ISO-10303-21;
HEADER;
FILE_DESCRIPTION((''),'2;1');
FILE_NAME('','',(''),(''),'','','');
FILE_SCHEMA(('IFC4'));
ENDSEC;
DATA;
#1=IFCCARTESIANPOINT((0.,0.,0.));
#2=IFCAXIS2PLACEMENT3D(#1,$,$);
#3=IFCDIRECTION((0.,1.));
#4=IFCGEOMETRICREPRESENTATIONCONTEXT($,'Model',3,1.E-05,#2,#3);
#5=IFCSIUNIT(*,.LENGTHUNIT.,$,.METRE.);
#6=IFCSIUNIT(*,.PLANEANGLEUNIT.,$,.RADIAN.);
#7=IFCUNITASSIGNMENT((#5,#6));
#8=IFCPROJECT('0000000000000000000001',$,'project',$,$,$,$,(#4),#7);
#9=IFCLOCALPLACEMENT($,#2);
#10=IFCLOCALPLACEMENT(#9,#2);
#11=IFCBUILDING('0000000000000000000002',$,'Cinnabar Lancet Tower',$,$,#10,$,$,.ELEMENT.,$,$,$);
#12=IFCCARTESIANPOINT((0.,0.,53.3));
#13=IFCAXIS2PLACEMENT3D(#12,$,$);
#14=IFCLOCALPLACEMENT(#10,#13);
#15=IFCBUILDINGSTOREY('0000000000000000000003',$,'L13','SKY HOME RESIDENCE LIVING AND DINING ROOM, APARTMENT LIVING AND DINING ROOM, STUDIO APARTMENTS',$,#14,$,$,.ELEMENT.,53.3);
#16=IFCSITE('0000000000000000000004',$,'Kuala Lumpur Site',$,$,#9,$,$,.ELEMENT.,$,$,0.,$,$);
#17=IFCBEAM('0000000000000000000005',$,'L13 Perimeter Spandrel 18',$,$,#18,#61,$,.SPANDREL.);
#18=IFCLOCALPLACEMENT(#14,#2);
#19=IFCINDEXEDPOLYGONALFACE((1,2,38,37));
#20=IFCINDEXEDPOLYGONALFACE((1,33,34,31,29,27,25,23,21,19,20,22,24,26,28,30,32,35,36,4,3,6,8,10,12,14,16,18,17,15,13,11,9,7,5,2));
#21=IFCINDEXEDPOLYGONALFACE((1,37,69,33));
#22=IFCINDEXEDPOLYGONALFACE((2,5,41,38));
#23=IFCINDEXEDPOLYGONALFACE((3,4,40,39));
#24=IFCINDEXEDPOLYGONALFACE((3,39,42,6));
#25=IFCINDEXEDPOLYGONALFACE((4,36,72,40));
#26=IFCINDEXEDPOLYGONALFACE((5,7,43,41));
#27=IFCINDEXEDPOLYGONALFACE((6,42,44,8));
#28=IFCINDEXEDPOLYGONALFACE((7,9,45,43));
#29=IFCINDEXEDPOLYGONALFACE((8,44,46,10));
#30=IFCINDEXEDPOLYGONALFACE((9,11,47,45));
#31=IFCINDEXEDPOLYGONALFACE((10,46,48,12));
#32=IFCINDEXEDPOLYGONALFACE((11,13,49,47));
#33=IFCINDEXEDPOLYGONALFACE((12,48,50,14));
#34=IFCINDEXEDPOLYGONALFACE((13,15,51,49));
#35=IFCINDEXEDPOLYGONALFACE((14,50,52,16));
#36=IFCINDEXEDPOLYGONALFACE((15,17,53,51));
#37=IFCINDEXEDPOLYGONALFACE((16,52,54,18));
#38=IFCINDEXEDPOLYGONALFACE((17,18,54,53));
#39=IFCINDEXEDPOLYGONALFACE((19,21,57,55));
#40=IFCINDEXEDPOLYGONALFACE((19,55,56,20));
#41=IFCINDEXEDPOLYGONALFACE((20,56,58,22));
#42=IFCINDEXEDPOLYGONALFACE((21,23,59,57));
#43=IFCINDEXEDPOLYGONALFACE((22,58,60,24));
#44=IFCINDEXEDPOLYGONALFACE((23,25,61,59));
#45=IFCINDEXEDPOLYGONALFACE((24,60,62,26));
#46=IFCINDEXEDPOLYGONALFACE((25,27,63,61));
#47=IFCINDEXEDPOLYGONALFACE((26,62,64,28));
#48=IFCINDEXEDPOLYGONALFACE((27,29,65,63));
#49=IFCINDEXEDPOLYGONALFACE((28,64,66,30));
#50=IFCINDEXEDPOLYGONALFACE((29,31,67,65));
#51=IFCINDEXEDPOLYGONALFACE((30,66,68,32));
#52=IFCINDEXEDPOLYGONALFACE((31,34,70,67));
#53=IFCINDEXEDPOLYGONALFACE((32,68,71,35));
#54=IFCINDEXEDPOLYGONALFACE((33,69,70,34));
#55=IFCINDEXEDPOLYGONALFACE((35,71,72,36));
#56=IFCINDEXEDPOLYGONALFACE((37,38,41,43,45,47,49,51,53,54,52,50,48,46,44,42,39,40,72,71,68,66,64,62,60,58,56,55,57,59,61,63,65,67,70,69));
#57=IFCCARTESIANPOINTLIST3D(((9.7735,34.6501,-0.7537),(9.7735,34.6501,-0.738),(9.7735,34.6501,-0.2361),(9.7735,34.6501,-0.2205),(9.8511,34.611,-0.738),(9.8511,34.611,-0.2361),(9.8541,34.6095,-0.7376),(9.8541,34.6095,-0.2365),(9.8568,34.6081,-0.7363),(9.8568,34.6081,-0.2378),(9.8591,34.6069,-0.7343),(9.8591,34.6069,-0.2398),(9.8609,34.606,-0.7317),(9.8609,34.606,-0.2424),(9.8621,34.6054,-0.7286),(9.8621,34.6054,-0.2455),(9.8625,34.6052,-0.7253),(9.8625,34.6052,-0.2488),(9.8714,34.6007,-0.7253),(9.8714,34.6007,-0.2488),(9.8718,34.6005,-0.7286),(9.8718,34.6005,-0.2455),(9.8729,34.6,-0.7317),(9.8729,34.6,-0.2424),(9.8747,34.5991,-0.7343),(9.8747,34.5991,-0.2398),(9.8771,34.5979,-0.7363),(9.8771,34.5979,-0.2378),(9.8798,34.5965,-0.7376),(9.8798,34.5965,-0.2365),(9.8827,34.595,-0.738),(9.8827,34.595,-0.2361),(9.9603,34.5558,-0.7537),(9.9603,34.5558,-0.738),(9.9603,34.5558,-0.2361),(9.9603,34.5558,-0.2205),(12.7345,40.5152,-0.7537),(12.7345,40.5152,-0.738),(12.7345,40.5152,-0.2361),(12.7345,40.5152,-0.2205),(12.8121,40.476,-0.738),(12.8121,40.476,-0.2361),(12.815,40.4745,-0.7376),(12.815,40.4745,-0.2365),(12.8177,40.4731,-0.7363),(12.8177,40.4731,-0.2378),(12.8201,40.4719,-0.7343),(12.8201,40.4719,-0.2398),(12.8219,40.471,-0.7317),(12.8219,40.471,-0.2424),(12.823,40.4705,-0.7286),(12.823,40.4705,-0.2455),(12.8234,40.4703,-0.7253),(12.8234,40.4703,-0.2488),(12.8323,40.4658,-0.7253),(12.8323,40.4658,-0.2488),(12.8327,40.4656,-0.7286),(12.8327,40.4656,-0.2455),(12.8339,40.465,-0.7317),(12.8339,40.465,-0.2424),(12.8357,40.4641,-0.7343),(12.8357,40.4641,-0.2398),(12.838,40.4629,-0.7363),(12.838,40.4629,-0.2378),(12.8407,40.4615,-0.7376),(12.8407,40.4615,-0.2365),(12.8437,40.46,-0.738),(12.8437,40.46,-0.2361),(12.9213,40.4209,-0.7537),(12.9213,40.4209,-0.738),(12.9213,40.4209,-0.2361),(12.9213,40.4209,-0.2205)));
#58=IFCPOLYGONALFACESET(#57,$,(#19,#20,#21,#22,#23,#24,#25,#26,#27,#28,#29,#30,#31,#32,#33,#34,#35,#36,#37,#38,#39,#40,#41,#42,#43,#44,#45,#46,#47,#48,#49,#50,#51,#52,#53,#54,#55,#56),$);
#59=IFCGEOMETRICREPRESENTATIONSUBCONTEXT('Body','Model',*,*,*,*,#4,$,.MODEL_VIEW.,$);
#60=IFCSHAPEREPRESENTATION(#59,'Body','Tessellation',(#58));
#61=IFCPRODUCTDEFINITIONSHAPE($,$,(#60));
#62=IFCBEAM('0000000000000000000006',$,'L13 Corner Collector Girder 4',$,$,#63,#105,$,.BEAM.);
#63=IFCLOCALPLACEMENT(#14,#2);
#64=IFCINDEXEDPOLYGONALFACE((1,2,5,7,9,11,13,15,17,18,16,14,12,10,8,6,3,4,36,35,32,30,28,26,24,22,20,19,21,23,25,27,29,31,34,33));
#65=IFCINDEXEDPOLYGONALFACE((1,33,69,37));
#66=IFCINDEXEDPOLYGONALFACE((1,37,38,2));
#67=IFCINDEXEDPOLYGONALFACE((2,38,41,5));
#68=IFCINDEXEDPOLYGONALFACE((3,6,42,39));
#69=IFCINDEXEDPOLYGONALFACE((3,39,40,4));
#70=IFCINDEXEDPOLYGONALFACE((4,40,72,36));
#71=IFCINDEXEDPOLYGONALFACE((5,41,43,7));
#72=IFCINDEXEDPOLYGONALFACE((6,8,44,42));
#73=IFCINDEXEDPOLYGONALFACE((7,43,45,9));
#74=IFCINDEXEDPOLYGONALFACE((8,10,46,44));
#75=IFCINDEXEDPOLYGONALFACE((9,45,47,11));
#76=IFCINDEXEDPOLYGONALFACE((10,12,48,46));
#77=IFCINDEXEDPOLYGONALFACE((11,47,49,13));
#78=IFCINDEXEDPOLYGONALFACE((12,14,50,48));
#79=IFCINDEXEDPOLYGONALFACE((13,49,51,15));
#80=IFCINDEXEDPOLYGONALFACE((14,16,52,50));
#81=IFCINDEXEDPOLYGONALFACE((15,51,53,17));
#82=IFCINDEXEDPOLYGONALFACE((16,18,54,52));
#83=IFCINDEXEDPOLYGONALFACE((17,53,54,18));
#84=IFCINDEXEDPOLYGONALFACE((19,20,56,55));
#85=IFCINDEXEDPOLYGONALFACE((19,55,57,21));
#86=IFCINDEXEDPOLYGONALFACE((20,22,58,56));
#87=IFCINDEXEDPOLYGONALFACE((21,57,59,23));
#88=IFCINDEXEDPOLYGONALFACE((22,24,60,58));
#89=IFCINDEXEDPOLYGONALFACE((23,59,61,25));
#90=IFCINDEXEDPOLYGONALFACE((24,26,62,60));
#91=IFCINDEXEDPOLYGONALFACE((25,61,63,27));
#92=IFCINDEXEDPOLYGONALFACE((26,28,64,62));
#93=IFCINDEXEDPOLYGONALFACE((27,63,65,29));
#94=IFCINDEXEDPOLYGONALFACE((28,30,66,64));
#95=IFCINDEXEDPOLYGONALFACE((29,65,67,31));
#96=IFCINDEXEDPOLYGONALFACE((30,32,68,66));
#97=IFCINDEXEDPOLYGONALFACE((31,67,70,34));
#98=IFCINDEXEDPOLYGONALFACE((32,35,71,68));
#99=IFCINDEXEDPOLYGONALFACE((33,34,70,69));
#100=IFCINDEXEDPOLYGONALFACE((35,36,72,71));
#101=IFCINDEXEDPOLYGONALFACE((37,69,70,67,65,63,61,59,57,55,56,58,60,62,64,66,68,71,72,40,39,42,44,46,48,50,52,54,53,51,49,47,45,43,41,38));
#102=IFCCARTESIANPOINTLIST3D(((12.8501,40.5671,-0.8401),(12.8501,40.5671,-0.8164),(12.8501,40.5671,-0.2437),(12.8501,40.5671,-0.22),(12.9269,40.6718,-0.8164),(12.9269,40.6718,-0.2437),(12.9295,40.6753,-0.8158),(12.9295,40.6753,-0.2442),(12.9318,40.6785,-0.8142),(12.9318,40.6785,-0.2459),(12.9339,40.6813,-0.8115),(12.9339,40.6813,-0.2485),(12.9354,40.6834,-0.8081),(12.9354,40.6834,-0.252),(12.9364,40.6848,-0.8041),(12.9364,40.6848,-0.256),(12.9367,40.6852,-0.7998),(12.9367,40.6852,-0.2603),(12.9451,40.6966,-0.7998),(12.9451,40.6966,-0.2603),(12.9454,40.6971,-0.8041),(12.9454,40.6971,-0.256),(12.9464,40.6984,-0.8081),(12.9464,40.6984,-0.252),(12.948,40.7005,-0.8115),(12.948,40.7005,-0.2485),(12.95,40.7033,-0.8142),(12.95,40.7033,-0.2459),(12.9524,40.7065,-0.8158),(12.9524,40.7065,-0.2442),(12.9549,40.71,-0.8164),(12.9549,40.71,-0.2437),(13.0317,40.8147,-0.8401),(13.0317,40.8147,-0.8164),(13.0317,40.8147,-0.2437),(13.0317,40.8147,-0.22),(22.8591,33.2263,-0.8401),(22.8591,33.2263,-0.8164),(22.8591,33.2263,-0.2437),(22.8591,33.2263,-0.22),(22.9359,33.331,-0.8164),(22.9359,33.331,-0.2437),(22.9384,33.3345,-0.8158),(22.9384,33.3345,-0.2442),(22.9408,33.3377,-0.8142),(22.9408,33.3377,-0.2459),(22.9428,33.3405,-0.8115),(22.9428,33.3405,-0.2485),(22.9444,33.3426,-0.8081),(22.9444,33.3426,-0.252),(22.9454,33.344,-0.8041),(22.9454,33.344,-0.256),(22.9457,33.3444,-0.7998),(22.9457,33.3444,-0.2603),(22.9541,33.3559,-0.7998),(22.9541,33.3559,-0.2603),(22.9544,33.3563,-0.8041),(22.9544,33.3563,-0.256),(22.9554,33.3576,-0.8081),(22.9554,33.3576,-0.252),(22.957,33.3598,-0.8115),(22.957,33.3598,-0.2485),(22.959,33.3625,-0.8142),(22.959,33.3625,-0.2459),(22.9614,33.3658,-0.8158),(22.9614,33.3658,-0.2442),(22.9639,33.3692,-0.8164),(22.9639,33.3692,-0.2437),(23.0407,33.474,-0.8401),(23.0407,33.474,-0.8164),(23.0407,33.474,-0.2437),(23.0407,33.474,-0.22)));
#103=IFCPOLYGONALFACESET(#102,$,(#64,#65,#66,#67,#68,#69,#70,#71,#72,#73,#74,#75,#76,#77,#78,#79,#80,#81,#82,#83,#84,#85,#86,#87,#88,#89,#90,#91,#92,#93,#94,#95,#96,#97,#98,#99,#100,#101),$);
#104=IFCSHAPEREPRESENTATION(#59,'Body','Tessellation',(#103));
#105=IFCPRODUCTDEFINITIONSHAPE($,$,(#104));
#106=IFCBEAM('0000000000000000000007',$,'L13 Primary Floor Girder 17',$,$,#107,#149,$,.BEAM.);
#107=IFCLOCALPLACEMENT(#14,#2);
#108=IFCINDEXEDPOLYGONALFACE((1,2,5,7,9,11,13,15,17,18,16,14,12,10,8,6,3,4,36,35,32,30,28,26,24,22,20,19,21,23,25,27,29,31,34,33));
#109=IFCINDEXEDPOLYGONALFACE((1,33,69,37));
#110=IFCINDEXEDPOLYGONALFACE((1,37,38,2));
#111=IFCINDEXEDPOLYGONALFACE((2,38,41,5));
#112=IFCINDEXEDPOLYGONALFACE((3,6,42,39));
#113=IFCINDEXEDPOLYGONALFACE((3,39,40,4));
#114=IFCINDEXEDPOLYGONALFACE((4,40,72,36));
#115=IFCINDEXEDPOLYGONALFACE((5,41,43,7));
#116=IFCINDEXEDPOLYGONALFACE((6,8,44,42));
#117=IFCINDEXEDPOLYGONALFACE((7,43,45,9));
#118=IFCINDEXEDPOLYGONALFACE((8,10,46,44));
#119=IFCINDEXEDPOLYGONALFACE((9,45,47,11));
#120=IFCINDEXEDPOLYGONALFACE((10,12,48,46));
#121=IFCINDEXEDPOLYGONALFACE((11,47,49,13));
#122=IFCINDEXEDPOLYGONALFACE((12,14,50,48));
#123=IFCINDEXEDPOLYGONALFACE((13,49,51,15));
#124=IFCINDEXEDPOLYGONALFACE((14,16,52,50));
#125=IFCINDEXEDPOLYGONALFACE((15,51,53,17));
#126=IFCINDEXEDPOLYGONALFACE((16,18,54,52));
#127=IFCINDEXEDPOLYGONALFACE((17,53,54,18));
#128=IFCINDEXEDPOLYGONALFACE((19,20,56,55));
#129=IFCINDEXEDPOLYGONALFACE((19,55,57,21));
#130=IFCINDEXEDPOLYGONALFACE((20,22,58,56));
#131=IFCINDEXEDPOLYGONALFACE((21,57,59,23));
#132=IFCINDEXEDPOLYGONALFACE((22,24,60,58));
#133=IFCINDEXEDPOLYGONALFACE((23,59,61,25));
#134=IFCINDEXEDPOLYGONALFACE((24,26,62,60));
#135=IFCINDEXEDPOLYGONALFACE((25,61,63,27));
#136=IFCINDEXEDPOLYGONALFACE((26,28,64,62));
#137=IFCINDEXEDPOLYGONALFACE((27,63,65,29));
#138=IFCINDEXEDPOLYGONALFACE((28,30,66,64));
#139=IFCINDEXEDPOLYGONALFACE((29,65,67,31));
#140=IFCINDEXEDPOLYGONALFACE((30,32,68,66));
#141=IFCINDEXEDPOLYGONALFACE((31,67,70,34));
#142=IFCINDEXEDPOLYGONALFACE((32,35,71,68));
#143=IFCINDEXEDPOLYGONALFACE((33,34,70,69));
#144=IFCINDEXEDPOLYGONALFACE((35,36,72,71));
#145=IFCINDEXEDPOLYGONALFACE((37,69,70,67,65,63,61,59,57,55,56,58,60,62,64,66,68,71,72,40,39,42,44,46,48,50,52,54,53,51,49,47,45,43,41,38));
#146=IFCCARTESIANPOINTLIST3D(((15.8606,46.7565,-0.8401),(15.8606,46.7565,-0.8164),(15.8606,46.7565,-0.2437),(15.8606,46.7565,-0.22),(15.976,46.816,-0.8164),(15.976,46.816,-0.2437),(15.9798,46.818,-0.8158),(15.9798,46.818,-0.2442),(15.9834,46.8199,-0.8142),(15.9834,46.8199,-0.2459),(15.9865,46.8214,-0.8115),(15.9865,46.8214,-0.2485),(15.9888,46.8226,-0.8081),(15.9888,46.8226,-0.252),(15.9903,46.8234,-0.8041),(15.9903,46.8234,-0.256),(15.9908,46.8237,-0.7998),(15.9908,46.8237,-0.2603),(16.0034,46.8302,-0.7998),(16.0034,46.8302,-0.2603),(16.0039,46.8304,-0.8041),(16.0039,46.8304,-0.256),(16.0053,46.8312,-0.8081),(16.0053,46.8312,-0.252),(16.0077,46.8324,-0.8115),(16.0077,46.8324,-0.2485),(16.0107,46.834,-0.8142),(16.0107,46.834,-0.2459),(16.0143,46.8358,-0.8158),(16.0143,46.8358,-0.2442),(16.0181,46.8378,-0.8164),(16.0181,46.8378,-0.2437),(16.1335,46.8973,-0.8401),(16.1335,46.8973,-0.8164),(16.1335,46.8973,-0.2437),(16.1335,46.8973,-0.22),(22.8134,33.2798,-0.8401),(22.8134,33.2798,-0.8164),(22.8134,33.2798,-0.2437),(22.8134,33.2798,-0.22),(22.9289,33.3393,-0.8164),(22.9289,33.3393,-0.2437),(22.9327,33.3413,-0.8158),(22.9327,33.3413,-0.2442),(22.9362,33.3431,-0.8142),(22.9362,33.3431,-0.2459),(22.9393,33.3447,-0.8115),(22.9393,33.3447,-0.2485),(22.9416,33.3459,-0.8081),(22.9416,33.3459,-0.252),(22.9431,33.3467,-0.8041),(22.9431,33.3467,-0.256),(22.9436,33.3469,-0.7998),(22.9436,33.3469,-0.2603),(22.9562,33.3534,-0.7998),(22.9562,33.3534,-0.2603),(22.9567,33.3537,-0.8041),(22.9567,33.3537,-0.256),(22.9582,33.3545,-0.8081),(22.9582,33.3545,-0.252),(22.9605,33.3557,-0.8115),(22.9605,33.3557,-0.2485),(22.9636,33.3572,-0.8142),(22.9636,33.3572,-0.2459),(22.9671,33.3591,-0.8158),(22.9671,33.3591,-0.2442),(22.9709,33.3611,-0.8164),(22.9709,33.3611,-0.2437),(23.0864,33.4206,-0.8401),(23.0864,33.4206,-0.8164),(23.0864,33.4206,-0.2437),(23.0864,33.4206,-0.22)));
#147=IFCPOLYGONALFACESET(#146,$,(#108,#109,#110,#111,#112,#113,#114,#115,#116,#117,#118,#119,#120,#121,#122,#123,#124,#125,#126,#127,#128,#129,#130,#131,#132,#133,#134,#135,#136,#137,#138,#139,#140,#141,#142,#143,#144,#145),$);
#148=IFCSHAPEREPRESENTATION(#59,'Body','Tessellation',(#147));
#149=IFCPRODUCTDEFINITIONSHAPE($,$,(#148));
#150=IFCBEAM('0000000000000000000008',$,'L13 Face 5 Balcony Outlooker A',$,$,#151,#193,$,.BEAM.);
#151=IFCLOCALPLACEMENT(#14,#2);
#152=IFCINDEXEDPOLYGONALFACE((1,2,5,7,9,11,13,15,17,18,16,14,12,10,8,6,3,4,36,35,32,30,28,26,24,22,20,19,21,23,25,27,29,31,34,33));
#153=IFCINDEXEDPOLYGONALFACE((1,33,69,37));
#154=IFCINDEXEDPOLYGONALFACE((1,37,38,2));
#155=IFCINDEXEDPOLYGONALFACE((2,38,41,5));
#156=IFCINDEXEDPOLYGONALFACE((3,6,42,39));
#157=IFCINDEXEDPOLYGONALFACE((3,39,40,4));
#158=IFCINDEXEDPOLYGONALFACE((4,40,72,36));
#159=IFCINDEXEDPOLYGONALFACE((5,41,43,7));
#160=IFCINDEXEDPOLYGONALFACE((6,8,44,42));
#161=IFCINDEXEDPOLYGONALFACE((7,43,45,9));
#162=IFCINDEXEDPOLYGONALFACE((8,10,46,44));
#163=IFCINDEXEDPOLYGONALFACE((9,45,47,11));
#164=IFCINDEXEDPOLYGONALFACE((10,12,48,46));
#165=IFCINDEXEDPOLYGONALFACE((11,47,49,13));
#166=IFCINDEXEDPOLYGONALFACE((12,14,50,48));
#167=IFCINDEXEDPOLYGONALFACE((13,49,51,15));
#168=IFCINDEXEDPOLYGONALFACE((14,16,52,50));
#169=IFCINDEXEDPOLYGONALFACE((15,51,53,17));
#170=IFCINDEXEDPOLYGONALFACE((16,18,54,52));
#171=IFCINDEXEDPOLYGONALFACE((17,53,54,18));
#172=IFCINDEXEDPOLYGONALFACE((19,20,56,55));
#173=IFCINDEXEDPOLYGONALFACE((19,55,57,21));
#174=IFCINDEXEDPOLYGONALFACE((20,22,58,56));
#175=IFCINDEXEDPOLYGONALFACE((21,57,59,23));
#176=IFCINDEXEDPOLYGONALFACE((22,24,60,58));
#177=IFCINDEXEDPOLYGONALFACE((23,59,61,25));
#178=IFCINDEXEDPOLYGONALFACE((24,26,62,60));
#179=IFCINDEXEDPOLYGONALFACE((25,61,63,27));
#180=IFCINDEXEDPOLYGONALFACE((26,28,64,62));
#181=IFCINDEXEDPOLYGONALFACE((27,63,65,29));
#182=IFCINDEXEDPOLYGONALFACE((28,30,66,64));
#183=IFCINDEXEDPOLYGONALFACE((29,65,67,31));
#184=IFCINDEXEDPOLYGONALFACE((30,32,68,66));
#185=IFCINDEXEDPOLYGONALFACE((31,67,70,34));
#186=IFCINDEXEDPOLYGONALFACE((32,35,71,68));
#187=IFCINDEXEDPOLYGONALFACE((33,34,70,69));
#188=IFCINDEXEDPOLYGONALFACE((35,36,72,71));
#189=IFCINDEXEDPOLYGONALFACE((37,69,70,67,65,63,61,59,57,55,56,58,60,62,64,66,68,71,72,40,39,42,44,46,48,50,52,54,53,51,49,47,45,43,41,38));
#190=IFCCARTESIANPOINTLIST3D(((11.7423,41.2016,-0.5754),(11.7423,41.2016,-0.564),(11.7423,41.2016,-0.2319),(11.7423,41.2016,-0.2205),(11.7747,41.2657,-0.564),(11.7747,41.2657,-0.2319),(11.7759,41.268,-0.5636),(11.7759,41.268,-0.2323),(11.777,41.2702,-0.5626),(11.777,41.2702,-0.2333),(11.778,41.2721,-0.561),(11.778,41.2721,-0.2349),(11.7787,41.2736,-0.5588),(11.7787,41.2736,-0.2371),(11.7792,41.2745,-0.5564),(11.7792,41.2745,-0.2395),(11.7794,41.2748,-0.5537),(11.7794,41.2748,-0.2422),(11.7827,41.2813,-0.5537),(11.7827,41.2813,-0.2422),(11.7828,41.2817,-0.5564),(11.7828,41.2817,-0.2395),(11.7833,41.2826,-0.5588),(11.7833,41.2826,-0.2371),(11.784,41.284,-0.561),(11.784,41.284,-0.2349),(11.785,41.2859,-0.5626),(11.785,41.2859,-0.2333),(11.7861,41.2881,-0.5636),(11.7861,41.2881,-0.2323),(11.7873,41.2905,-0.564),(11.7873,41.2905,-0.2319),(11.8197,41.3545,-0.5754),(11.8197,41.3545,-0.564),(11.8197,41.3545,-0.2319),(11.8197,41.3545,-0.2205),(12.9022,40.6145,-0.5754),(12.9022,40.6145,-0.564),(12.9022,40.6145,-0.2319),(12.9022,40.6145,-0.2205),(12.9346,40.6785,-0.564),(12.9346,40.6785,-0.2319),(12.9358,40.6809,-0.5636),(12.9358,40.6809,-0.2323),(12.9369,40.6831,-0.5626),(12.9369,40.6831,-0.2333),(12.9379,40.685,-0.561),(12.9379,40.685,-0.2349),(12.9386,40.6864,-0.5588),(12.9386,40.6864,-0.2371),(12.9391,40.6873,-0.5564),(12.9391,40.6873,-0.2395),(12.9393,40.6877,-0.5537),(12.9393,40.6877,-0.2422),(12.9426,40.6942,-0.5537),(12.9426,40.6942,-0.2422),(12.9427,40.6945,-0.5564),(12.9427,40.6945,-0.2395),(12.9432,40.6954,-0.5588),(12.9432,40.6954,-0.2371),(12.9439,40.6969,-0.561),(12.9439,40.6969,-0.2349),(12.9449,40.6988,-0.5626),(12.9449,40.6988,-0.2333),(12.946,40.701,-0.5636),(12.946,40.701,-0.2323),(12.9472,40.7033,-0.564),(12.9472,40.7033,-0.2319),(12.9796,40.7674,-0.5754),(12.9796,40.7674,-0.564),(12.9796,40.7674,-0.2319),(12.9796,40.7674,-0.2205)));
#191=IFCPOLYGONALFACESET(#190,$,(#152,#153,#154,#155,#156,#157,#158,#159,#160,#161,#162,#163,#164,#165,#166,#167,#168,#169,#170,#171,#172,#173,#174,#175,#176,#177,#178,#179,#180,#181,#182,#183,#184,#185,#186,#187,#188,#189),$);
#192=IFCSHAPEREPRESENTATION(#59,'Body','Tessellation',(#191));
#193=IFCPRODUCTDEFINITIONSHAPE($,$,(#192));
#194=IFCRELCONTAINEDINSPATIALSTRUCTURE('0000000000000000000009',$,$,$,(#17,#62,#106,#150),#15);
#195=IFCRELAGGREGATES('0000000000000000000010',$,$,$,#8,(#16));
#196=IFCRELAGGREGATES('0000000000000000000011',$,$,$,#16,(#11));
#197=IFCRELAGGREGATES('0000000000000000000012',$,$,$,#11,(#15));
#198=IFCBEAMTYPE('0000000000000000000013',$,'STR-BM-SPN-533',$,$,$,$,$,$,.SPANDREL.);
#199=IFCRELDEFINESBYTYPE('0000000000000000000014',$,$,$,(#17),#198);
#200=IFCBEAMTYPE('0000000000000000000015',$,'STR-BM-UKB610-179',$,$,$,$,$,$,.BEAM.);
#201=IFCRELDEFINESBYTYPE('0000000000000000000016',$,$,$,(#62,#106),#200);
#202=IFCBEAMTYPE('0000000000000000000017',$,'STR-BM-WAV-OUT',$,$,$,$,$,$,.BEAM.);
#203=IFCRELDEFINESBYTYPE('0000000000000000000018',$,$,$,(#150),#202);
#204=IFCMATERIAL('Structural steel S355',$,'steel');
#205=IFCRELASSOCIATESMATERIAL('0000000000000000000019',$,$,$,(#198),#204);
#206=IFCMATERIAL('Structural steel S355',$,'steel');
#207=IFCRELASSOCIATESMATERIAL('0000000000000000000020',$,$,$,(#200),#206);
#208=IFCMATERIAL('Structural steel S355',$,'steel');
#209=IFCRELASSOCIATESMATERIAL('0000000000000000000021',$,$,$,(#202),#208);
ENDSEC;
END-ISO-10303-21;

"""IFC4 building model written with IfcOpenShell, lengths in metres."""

from ifc_helpers import new_model, si_unit, direction, frame, origin, origin_2d, place, context, subcontext, project, spatial, i_section, extrude, material, material_profile, profile_set, type_object, element, save


model = new_model("IFC4")

# Units and contexts
model_context = context("Model", 3, precision=1e-05, world=origin(), true_north=direction((0.0, 1.0)))
body_context = subcontext(model_context, "Body", "Model", "MODEL_VIEW")
ifc_project = project(units=[si_unit("LENGTHUNIT", "METRE"), si_unit("PLANEANGLEUNIT", "RADIAN")], contexts=[model_context])

# Site, building, storey
site_placement = place(None, origin())
site = spatial("IfcSite", under=ifc_project, at=site_placement, Name="Kuala Lumpur Site", CompositionType="ELEMENT", RefElevation=0.0)
building_placement = place(site_placement, origin())
building = spatial("IfcBuilding", under=site, at=building_placement, Name="Cinnabar Lancet Tower", CompositionType="ELEMENT")
storey_placement = place(building_placement, frame((0.0, 0.0, 53.3)))
storey = spatial("IfcBuildingStorey", under=building, at=storey_placement, Name="L13", Description="SKY HOME RESIDENCE LIVING AND DINING ROOM, APARTMENT LIVING AND DINING ROOM, STUDIO APARTMENTS", CompositionType="ELEMENT", Elevation=53.3)

# Beams
ifc_material_1 = material(Name="Structural steel S355", Category="steel")
ifc_material_profile_1 = material_profile(ifc_material_1, i_section(OverallWidth=0.2092, OverallDepth=0.5332, WebThickness=0.01, FlangeThickness=0.0156, FilletRadius=0.0127, at=origin_2d()), Name="UKB 533x210x92")
ifc_profile_set_1 = profile_set([ifc_material_profile_1], Name="Structural steel S355")
beam_type_1 = type_object("IfcBeamType", Name="STR-BM-SPN-533", PredefinedType="SPANDREL", material=ifc_profile_set_1)
beam_1_placement = place(storey_placement, frame((12.8279, 40.468, -0.4871), z_axis=(-0.450674, -0.892689, 0.0), x_axis=(0.892689, -0.450674, 0.0)))
element("IfcBeam", 1, at=beam_1_placement, inside=storey, type_object=beam_type_1, Name="L13 Perimeter Spandrel 18", PredefinedType="SPANDREL", context=body_context, shape_type="SweptSolid", body=[
    extrude(i_section(OverallWidth=0.2092, OverallDepth=0.5332, WebThickness=0.01, FlangeThickness=0.0156, FilletRadius=0.0127, at=origin_2d()), origin(), (0.0, 0.0, 1.0), 6.5701),
])
ifc_material_2 = material(Name="Structural steel S355", Category="steel")
ifc_material_profile_2 = material_profile(ifc_material_2, i_section(OverallWidth=0.3071, OverallDepth=0.6201, WebThickness=0.0142, FlangeThickness=0.0237, FilletRadius=0.0166, at=origin_2d()), Name="UKB 610x305x179")
ifc_profile_set_2 = profile_set([ifc_material_profile_2], Name="Structural steel S355")
beam_type_2 = type_object("IfcBeamType", Name="STR-BM-UKB610-179", PredefinedType="BEAM", material=ifc_profile_set_2)
beam_2_placement = place(storey_placement, frame((12.9409, 40.6909, -0.53), z_axis=(0.806372, -0.591409, 0.0), x_axis=(0.591409, 0.806372, 0.0)))
element("IfcBeam", 2, at=beam_2_placement, inside=storey, type_object=beam_type_2, Name="L13 Corner Collector Girder 4", PredefinedType="BEAM", context=body_context, shape_type="SweptSolid", body=[
    extrude(i_section(OverallWidth=0.3071, OverallDepth=0.6201, WebThickness=0.0142, FlangeThickness=0.0237, FilletRadius=0.0166, at=origin_2d()), origin(), (0.0, 0.0, 1.0), 12.4124),
])
beam_3_placement = place(storey_placement, frame((15.9971, 46.8269, -0.53), z_axis=(0.458492, -0.888698, 0.0), x_axis=(0.888698, 0.458492, 0.0)))
element("IfcBeam", 3, at=beam_3_placement, inside=storey, type_object=beam_type_2, Name="L13 Primary Floor Girder 17", PredefinedType="BEAM", context=body_context, shape_type="SweptSolid", body=[
    extrude(i_section(OverallWidth=0.3071, OverallDepth=0.6201, WebThickness=0.0142, FlangeThickness=0.0237, FilletRadius=0.0166, at=origin_2d()), origin(), (0.0, 0.0, 1.0), 15.1646),
])
ifc_material_3 = material(Name="Structural steel S355", Category="steel")
ifc_material_profile_3 = material_profile(ifc_material_3, i_section(OverallWidth=0.1714, OverallDepth=0.355, WebThickness=0.0073, FlangeThickness=0.0115, FilletRadius=0.0103, at=origin_2d()), Name="UKB 356x171x51")
ifc_profile_set_3 = profile_set([ifc_material_profile_3], Name="Structural steel S355")
beam_type_3 = type_object("IfcBeamType", Name="STR-BM-WAV-OUT", PredefinedType="BEAM", material=ifc_profile_set_3)
beam_4_placement = place(storey_placement, frame((12.9409, 40.6909, -0.3979), z_axis=(-0.8922, 0.45164, 0.0), x_axis=(-0.45164, -0.8922, 0.0)))
element("IfcBeam", 4, at=beam_4_placement, inside=storey, type_object=beam_type_3, Name="L13 Face 5 Balcony Outlooker A", PredefinedType="BEAM", context=body_context, shape_type="SweptSolid", body=[
    extrude(i_section(OverallWidth=0.1714, OverallDepth=0.355, WebThickness=0.0073, FlangeThickness=0.0115, FilletRadius=0.0103, at=origin_2d()), origin(), (0.0, 0.0, 1.0), 1.3),
])

save(model, "model.ifc")
